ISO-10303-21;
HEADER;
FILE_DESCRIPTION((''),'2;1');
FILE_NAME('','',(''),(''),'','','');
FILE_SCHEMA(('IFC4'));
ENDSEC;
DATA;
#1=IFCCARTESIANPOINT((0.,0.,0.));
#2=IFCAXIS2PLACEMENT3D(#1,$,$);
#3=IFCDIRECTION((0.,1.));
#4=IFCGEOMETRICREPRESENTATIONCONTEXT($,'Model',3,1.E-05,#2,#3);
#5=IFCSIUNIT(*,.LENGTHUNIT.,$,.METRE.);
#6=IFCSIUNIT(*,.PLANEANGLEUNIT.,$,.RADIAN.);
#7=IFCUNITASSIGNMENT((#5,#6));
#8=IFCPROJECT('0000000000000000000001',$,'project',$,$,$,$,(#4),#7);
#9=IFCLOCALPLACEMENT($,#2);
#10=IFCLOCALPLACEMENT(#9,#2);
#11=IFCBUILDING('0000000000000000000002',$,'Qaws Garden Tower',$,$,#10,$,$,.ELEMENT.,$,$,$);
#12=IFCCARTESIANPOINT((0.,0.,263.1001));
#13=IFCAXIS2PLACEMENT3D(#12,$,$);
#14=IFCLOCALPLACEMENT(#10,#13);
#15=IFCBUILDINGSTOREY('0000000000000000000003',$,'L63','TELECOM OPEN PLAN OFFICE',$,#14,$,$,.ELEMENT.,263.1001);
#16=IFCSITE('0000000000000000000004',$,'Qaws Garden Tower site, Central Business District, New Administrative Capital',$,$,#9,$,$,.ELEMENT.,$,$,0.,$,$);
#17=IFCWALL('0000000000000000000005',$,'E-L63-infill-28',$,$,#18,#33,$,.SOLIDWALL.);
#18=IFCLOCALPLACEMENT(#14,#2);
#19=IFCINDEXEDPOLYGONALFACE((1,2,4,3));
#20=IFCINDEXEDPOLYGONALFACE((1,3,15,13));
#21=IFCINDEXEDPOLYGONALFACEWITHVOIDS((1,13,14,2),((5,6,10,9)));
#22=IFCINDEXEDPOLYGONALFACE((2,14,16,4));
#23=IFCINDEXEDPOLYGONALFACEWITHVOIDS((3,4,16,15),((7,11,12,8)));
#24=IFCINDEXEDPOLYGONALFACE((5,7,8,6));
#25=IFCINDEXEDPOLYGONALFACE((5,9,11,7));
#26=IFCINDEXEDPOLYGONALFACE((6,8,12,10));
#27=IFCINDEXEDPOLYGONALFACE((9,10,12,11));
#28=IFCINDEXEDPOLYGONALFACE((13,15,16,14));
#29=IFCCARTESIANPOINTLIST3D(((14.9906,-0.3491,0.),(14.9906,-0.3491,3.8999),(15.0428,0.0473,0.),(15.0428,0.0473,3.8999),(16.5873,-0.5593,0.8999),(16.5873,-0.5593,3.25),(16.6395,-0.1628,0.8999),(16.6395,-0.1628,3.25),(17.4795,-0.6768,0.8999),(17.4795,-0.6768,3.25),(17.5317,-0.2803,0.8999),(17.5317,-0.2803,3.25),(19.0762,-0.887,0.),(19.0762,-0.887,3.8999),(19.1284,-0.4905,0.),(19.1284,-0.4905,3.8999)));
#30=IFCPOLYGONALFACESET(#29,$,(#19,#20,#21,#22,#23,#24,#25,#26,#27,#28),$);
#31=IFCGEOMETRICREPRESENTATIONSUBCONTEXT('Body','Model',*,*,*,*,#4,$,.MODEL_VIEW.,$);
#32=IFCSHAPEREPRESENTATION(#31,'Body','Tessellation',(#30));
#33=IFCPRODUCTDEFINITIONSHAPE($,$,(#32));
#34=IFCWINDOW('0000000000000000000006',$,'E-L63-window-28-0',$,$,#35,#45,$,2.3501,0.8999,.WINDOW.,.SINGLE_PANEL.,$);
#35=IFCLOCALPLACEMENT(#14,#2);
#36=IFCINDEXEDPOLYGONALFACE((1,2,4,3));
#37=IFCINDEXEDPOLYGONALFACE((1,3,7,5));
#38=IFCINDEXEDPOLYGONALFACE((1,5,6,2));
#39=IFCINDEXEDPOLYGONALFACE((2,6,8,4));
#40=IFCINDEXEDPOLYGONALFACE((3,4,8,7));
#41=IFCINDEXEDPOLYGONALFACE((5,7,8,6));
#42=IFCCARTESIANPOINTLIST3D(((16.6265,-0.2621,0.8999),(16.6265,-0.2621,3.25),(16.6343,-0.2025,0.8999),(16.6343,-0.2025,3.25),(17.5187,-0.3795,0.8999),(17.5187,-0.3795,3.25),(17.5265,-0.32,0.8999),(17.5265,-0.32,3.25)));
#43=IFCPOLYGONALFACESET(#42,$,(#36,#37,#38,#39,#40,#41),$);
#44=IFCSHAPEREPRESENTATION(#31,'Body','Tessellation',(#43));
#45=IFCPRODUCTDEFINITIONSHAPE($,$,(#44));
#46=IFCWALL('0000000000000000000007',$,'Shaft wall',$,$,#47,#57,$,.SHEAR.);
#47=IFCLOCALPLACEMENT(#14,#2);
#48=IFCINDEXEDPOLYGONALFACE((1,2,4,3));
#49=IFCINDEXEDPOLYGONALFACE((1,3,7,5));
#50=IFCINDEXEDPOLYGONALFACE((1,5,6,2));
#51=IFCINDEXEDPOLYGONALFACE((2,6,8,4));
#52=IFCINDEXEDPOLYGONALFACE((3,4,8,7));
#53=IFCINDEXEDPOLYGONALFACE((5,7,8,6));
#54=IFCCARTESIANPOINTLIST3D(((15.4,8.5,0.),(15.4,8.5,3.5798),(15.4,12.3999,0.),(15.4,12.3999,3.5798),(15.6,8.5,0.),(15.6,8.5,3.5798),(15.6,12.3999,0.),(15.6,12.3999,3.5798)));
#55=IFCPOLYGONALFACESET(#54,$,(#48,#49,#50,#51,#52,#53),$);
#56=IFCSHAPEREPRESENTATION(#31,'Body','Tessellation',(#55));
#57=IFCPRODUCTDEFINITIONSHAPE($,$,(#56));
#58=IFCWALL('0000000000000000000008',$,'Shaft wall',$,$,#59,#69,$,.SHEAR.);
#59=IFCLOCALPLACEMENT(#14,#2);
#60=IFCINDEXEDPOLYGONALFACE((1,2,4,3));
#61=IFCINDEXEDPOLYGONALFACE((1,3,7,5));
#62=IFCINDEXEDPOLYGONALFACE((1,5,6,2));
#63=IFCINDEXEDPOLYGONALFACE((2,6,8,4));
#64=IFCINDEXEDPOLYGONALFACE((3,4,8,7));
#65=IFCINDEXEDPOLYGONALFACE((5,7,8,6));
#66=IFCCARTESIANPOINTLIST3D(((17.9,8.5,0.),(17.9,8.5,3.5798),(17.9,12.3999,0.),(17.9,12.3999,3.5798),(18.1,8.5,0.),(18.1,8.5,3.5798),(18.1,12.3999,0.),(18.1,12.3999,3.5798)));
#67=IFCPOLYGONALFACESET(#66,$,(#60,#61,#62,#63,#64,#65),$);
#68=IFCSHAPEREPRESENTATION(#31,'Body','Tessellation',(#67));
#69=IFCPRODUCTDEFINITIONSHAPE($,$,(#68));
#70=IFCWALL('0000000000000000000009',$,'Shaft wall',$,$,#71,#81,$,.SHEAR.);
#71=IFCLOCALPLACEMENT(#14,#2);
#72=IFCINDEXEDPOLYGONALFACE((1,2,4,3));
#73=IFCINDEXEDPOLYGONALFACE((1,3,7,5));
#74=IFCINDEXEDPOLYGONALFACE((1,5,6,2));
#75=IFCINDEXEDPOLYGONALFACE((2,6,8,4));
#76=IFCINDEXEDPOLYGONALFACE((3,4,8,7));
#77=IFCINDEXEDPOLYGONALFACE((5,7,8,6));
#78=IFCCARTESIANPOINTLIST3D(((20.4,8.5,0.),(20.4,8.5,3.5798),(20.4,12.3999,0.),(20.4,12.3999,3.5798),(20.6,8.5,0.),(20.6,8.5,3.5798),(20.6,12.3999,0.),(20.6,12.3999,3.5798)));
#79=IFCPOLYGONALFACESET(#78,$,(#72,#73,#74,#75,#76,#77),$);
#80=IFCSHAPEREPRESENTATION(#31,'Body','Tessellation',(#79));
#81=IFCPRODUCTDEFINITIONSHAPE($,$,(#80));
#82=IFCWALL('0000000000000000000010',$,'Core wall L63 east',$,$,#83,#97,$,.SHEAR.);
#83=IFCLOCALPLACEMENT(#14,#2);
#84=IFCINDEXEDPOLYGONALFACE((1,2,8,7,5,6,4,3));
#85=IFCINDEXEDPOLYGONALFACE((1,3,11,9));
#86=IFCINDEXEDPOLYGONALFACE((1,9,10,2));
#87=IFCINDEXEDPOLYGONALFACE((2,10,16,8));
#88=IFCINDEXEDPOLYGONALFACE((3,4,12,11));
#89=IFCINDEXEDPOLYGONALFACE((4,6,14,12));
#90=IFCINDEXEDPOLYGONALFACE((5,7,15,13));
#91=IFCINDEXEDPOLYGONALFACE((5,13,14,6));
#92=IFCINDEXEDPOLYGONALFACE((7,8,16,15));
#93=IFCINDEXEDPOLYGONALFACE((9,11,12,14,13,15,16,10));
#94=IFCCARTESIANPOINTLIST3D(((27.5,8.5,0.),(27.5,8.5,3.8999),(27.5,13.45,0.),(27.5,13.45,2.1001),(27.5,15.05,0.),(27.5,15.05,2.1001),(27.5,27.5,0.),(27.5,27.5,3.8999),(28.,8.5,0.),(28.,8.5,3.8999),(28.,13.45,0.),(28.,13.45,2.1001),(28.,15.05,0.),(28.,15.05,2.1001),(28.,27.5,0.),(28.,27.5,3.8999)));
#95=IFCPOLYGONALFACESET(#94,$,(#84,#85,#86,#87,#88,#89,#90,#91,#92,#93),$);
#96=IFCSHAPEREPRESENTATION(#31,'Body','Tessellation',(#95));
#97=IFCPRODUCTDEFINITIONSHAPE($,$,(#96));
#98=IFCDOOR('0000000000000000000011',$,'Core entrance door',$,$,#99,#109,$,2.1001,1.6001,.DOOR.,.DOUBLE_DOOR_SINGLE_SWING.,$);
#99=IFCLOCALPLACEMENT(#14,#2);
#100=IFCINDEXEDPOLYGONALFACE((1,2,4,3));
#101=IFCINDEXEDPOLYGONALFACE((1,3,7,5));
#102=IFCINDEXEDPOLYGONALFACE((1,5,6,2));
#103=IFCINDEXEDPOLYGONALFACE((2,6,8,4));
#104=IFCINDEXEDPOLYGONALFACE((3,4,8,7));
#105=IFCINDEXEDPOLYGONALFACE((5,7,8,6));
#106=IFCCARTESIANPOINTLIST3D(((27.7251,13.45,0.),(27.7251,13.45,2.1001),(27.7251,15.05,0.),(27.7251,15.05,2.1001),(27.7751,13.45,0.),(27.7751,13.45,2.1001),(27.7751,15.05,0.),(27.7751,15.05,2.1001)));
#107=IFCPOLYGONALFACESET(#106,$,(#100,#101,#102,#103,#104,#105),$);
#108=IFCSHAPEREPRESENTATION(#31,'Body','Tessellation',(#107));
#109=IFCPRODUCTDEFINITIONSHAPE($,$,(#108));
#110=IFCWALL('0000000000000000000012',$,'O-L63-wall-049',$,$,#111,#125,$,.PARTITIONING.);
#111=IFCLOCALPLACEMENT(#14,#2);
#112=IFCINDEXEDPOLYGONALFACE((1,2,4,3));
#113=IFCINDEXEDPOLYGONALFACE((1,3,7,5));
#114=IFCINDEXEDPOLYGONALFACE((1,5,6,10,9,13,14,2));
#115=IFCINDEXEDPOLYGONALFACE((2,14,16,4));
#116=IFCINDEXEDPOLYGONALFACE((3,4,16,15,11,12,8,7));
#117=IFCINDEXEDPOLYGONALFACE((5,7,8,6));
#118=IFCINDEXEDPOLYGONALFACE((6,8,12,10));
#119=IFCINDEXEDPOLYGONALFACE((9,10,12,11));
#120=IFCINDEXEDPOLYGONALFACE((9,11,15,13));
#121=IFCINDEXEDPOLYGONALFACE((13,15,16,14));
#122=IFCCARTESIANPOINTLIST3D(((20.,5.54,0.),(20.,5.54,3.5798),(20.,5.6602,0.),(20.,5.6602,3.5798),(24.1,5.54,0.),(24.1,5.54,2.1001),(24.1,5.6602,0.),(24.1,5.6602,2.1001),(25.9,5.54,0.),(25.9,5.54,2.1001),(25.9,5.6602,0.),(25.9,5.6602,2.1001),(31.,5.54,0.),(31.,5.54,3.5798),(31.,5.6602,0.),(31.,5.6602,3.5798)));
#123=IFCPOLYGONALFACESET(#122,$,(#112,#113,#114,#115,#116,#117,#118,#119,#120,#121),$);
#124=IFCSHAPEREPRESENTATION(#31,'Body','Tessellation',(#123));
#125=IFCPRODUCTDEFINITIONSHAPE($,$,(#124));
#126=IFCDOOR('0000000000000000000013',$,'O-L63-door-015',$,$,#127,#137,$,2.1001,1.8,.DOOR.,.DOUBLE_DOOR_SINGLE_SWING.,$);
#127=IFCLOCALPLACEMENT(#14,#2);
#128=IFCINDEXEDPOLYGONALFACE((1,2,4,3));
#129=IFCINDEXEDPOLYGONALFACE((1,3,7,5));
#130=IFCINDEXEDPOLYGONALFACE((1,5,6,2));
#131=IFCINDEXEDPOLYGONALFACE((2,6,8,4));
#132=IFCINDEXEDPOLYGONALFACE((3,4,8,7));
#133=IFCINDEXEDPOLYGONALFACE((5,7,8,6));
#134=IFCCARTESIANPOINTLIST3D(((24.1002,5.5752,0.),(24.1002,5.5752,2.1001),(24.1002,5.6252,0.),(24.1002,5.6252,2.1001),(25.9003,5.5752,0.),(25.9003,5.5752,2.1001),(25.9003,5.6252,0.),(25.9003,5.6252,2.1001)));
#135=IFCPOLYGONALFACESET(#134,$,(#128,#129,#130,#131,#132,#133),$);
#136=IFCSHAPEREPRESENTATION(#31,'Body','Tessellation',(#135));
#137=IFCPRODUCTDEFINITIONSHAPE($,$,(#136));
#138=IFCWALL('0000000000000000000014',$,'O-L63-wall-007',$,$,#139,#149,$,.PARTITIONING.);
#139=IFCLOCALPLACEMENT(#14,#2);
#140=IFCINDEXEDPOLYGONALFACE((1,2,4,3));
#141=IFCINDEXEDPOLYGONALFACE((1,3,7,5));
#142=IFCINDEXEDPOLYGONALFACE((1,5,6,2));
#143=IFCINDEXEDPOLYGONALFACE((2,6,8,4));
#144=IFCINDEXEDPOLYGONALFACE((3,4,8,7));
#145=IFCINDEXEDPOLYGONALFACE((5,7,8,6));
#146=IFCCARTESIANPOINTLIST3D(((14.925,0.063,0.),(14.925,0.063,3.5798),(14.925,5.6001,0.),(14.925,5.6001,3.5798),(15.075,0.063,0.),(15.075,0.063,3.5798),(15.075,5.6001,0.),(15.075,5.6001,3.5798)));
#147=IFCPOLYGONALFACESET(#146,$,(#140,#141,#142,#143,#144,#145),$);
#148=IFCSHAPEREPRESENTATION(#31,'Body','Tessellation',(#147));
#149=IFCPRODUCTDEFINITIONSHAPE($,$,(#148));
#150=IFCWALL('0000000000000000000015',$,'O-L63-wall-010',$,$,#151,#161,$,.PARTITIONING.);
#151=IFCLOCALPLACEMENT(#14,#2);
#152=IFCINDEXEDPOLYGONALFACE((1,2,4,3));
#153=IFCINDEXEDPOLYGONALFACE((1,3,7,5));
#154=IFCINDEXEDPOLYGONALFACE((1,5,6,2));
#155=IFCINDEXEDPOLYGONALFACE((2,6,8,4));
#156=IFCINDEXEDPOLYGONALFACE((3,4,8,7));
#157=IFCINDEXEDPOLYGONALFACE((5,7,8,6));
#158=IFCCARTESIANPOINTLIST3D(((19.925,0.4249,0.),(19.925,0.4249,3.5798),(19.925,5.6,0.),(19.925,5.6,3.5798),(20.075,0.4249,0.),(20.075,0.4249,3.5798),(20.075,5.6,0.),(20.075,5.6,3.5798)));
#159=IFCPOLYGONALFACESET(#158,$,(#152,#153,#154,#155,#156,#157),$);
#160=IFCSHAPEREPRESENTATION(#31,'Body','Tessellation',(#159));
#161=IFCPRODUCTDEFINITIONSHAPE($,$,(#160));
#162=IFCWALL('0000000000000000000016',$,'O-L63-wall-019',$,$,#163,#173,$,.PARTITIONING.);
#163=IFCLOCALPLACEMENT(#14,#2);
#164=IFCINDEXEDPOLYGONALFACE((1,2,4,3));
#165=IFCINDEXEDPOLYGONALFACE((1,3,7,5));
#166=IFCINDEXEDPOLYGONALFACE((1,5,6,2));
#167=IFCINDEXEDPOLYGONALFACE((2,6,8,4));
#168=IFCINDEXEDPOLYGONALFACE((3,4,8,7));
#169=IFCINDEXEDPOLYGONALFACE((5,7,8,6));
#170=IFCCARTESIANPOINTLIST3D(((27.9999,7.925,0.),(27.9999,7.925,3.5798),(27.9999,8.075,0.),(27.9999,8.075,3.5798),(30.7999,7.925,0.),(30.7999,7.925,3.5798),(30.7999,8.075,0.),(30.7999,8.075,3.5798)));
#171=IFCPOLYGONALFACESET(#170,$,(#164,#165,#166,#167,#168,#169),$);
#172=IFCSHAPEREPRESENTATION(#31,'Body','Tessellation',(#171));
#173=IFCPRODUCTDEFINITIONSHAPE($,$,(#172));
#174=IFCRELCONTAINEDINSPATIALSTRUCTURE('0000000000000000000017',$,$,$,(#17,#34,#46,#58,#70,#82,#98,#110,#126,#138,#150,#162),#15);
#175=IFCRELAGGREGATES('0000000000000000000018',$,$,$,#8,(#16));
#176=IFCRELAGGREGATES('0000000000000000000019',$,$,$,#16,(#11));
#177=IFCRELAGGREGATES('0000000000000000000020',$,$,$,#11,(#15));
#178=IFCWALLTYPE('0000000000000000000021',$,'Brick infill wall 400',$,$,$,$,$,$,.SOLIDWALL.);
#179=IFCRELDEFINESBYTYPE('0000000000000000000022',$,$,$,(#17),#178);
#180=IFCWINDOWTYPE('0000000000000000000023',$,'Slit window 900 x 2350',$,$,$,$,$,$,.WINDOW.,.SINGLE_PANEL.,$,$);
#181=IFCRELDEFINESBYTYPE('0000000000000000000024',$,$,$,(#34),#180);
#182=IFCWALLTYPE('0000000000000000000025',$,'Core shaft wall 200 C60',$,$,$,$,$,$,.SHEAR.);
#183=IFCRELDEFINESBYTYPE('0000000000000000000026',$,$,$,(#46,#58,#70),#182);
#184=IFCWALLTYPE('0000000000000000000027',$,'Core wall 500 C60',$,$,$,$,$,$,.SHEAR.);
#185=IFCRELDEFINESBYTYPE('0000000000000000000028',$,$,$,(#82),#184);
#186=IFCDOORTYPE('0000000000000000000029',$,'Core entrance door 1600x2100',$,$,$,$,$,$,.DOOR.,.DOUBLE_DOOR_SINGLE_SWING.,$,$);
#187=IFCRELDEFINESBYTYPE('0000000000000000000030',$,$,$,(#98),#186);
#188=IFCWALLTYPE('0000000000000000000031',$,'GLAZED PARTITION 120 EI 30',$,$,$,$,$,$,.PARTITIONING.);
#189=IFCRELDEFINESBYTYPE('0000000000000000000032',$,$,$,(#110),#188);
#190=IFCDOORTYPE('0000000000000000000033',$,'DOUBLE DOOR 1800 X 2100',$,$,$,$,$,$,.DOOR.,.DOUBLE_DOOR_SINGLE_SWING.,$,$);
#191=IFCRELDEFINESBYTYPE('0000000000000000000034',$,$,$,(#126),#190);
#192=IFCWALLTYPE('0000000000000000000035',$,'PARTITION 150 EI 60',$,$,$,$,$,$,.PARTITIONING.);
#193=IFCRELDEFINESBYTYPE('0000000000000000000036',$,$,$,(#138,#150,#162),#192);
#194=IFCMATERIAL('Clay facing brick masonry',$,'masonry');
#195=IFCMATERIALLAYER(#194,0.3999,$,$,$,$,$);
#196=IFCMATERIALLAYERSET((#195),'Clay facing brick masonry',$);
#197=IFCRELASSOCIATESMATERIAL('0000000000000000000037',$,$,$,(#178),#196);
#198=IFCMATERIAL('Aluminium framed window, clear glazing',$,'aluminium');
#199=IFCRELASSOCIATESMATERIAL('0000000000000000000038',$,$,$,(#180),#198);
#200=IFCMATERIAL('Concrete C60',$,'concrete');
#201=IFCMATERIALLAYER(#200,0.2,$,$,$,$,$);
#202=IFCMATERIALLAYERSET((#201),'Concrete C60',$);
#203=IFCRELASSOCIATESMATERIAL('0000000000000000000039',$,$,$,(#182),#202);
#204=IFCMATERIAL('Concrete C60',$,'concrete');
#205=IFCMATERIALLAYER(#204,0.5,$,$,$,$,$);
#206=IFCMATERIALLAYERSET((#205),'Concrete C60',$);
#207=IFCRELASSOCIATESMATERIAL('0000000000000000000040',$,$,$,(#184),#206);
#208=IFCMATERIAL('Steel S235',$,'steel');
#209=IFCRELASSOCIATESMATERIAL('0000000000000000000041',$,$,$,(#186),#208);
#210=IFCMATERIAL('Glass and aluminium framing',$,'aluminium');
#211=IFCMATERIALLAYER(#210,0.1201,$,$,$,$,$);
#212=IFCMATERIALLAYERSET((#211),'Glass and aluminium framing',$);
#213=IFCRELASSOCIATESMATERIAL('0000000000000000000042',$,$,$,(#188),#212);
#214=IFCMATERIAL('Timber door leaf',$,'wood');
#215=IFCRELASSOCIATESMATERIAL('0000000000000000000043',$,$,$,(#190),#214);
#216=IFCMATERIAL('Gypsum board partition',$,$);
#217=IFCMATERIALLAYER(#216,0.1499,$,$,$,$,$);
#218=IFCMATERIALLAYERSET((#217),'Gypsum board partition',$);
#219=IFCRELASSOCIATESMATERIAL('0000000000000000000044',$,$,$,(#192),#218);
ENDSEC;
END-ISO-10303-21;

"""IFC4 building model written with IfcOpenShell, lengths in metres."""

from ifc_helpers import new_model, si_unit, direction, frame, frame_2d, origin, place, context, subcontext, project, spatial, rectangle, extrude, material, layer, layer_set, type_object, element, fill, save


model = new_model("IFC4")

# Units and contexts
model_context = context("Model", 3, precision=1e-05, world=origin(), true_north=direction((0.0, 1.0)))
body_context = subcontext(model_context, "Body", "Model", "MODEL_VIEW")
ifc_project = project(units=[si_unit("LENGTHUNIT", "METRE"), si_unit("PLANEANGLEUNIT", "RADIAN")], contexts=[model_context])

# Site, building, storey
site_placement = place(None, origin())
site = spatial("IfcSite", under=ifc_project, at=site_placement, Name="Qaws Garden Tower site, Central Business District, New Administrative Capital", CompositionType="ELEMENT", RefElevation=0.0)
building_placement = place(site_placement, origin())
building = spatial("IfcBuilding", under=site, at=building_placement, Name="Qaws Garden Tower", CompositionType="ELEMENT")
storey_placement = place(building_placement, frame((0.0, 0.0, 263.1001)))
storey = spatial("IfcBuildingStorey", under=building, at=storey_placement, Name="L63", Description="TELECOM OPEN PLAN OFFICE", CompositionType="ELEMENT", Elevation=263.1001)

# Shared definitions
ifc_material_1 = material(Name="Clay facing brick masonry", Category="masonry")
ifc_layer_1 = layer(ifc_material_1, 0.3999)
ifc_layer_set_1 = layer_set([ifc_layer_1], Name="Clay facing brick masonry")
wall_type_1 = type_object("IfcWallType", Name="Brick infill wall 400", PredefinedType="SOLIDWALL", material=ifc_layer_set_1)
ifc_material_2 = material(Name="Aluminium framed window, clear glazing", Category="aluminium")
window_type = type_object("IfcWindowType", Name="Slit window 900 x 2350", PartitioningType="SINGLE_PANEL", PredefinedType="WINDOW", material=ifc_material_2)

# Wall, opening, window
wall_1_placement = place(storey_placement, frame((15.0166, -0.1509, 0.0), z_axis=(0.0, 0.0, 1.0), x_axis=(0.991446, -0.130514, 0.0)))
wall_1 = element("IfcWall", 1, at=wall_1_placement, inside=storey, type_object=wall_type_1, Name="E-L63-infill-28", PredefinedType="SOLIDWALL", context=body_context, shape_type="SweptSolid", body=[
    extrude(rectangle(XDim=4.1208, YDim=0.3999, at=frame_2d((2.0605, 0.0))), origin(), (0.0, 0.0, 1.0), 3.8999),
])
opening_1_placement = place(wall_1_placement, frame((1.6106, 0.0, 0.8999)))
opening_1 = element("IfcOpeningElement", 2, at=opening_1_placement, cuts=wall_1, PredefinedType="OPENING", context=body_context, shape_type="SweptSolid", body=[
    extrude(rectangle(XDim=0.8999, YDim=2.3501, at=frame_2d((0.45, 1.175))), frame((0.0, 0.21, 0.0), z_axis=(0.0, -1.0, 0.0), x_axis=(1.0, 0.0, 0.0)), (0.0, 0.0, 1.0), 0.4199),
])
window_1_placement = place(opening_1_placement, origin())
window_1 = element("IfcWindow", 3, at=window_1_placement, inside=storey, type_object=window_type, Name="E-L63-window-28-0", OverallHeight=2.3501, OverallWidth=0.8999, PartitioningType="SINGLE_PANEL", PredefinedType="WINDOW", context=body_context, shape_type="SweptSolid", body=[
    extrude(rectangle(XDim=0.8999, YDim=2.3501, at=frame_2d((0.45, 1.175))), frame((0.0, 0.1599, 0.0), z_axis=(0.0, -1.0, 0.0), x_axis=(1.0, 0.0, 0.0)), (0.0, 0.0, 1.0), 0.0601),
])
fill(opening_1, window_1)

# Walls
ifc_material_3 = material(Name="Concrete C60", Category="concrete")
ifc_layer_2 = layer(ifc_material_3, 0.2)
ifc_layer_set_2 = layer_set([ifc_layer_2], Name="Concrete C60")
wall_type_2 = type_object("IfcWallType", Name="Core shaft wall 200 C60", PredefinedType="SHEAR", material=ifc_layer_set_2)
for number, where, z_axis, x_axis, name in (
    (4, (15.5, 8.5, 0.0), (0.0, 0.0, 1.0), (0.0, 1.0, 0.0), "Shaft wall"),
    (5, (18.0, 8.5, 0.0), (0.0, 0.0, 1.0), (0.0, 1.0, 0.0), "Shaft wall"),
    (6, (20.5, 8.5, 0.0), (0.0, 0.0, 1.0), (0.0, 1.0, 0.0), "Shaft wall"),
):
    element("IfcWall", number, at=place(storey_placement, frame(where, z_axis=z_axis, x_axis=x_axis)), inside=storey, type_object=wall_type_2, Name=name, PredefinedType="SHEAR", context=body_context, shape_type="SweptSolid", body=[
        extrude(rectangle(XDim=3.8999, YDim=0.2, at=frame_2d((1.95, 0.0))), origin(), (0.0, 0.0, 1.0), 3.5798),
    ])

# Walls, openings, doors
ifc_material_4 = material(Name="Concrete C60", Category="concrete")
ifc_layer_3 = layer(ifc_material_4, 0.5)
ifc_layer_set_3 = layer_set([ifc_layer_3], Name="Concrete C60")
wall_type_3 = type_object("IfcWallType", Name="Core wall 500 C60", PredefinedType="SHEAR", material=ifc_layer_set_3)
wall_2_placement = place(storey_placement, frame((27.75, 8.5, 0.0), z_axis=(0.0, 0.0, 1.0), x_axis=(0.0, 1.0, 0.0)))
wall_2 = element("IfcWall", 7, at=wall_2_placement, inside=storey, type_object=wall_type_3, Name="Core wall L63 east", PredefinedType="SHEAR", context=body_context, shape_type="SweptSolid", body=[
    extrude(rectangle(XDim=19.0, YDim=0.5, at=frame_2d((9.5, 0.0))), origin(), (0.0, 0.0, 1.0), 3.8999),
])
opening_2_placement = place(wall_2_placement, frame((4.95, 0.0, 0.0)))
opening_2 = element("IfcOpeningElement", 8, at=opening_2_placement, cuts=wall_2, PredefinedType="OPENING", context=body_context, shape_type="SweptSolid", body=[
    extrude(rectangle(XDim=1.6001, YDim=2.1001, at=frame_2d((0.8, 1.05))), frame((0.0, 0.26, 0.0), z_axis=(0.0, -1.0, 0.0), x_axis=(1.0, 0.0, 0.0)), (0.0, 0.0, 1.0), 0.52),
])
ifc_material_5 = material(Name="Steel S235", Category="steel")
door_type_1 = type_object("IfcDoorType", Name="Core entrance door 1600x2100", OperationType="DOUBLE_DOOR_SINGLE_SWING", PredefinedType="DOOR", material=ifc_material_5)
door_1_placement = place(opening_2_placement, origin())
door_1 = element("IfcDoor", 9, at=door_1_placement, inside=storey, type_object=door_type_1, Name="Core entrance door", OperationType="DOUBLE_DOOR_SINGLE_SWING", OverallHeight=2.1001, OverallWidth=1.6001, PredefinedType="DOOR", context=body_context, shape_type="SweptSolid", body=[
    extrude(rectangle(XDim=1.6001, YDim=2.1001, at=frame_2d((0.8, 1.05))), frame((0.0, 0.0249, 0.0), z_axis=(0.0, -1.0, 0.0), x_axis=(1.0, 0.0, 0.0)), (0.0, 0.0, 1.0), 0.05),
])
fill(opening_2, door_1)
ifc_material_6 = material(Name="Glass and aluminium framing", Category="aluminium")
ifc_layer_4 = layer(ifc_material_6, 0.1201)
ifc_layer_set_4 = layer_set([ifc_layer_4], Name="Glass and aluminium framing")
wall_type_4 = type_object("IfcWallType", Name="GLAZED PARTITION 120 EI 30", PredefinedType="PARTITIONING", material=ifc_layer_set_4)
wall_3_placement = place(storey_placement, frame((20.0, 5.6001, 0.0), z_axis=(0.0, 0.0, 1.0), x_axis=(1.0, 0.0, 0.0)))
wall_3 = element("IfcWall", 10, at=wall_3_placement, inside=storey, type_object=wall_type_4, Name="O-L63-wall-049", PredefinedType="PARTITIONING", context=body_context, shape_type="SweptSolid", body=[
    extrude(rectangle(XDim=11.0, YDim=0.1201, at=frame_2d((5.5, 0.0))), origin(), (0.0, 0.0, 1.0), 3.5798),
])
opening_3_placement = place(wall_3_placement, frame((4.1001, 0.0, 0.0)))
opening_3 = element("IfcOpeningElement", 11, at=opening_3_placement, cuts=wall_3, PredefinedType="OPENING", context=body_context, shape_type="SweptSolid", body=[
    extrude(rectangle(XDim=1.8, YDim=2.1001, at=frame_2d((0.8999, 1.05))), frame((0.0, 0.0701, 0.0), z_axis=(0.0, -1.0, 0.0), x_axis=(1.0, 0.0, 0.0)), (0.0, 0.0, 1.0), 0.1401),
])
ifc_material_7 = material(Name="Timber door leaf", Category="wood")
door_type_2 = type_object("IfcDoorType", Name="DOUBLE DOOR 1800 X 2100", OperationType="DOUBLE_DOOR_SINGLE_SWING", PredefinedType="DOOR", material=ifc_material_7)
door_2_placement = place(opening_3_placement, frame((1.8, 0.0, 0.0), z_axis=(0.0, 0.0, 1.0), x_axis=(-1.0, 0.0, 0.0)))
door_2 = element("IfcDoor", 12, at=door_2_placement, inside=storey, type_object=door_type_2, Name="O-L63-door-015", OperationType="DOUBLE_DOOR_SINGLE_SWING", OverallHeight=2.1001, OverallWidth=1.8, PredefinedType="DOOR", context=body_context, shape_type="SweptSolid", body=[
    extrude(rectangle(XDim=1.8, YDim=2.1001, at=frame_2d((0.8999, 1.05))), frame((0.0, 0.0249, 0.0), z_axis=(0.0, -1.0, 0.0), x_axis=(1.0, 0.0, 0.0)), (0.0, 0.0, 1.0), 0.05),
])
fill(opening_3, door_2)

# Walls
ifc_material_8 = material(Name="Gypsum board partition")
ifc_layer_5 = layer(ifc_material_8, 0.1499)
ifc_layer_set_5 = layer_set([ifc_layer_5], Name="Gypsum board partition")
wall_type_5 = type_object("IfcWallType", Name="PARTITION 150 EI 60", PredefinedType="PARTITIONING", material=ifc_layer_set_5)
wall_4_placement = place(storey_placement, frame((15.0, 0.063, 0.0), z_axis=(0.0, 0.0, 1.0), x_axis=(0.0, 1.0, 0.0)))
element("IfcWall", 13, at=wall_4_placement, inside=storey, type_object=wall_type_5, Name="O-L63-wall-007", PredefinedType="PARTITIONING", context=body_context, shape_type="SweptSolid", body=[
    extrude(rectangle(XDim=5.5371, YDim=0.1499, at=frame_2d((2.7686, 0.0))), origin(), (0.0, 0.0, 1.0), 3.5798),
])
wall_5_placement = place(storey_placement, frame((20.0, 0.425, 0.0), z_axis=(0.0, 0.0, 1.0), x_axis=(0.0, 1.0, 0.0)))
element("IfcWall", 14, at=wall_5_placement, inside=storey, type_object=wall_type_5, Name="O-L63-wall-010", PredefinedType="PARTITIONING", context=body_context, shape_type="SweptSolid", body=[
    extrude(rectangle(XDim=5.175, YDim=0.1499, at=frame_2d((2.5874, 0.0))), origin(), (0.0, 0.0, 1.0), 3.5798),
])
wall_6_placement = place(storey_placement, frame((28.0, 8.0, 0.0), z_axis=(0.0, 0.0, 1.0), x_axis=(1.0, 0.0, 0.0)))
element("IfcWall", 15, at=wall_6_placement, inside=storey, type_object=wall_type_5, Name="O-L63-wall-019", PredefinedType="PARTITIONING", context=body_context, shape_type="SweptSolid", body=[
    extrude(rectangle(XDim=2.8, YDim=0.1499, at=frame_2d((1.3999, 0.0))), origin(), (0.0, 0.0, 1.0), 3.5798),
])

save(model, "model.ifc")
